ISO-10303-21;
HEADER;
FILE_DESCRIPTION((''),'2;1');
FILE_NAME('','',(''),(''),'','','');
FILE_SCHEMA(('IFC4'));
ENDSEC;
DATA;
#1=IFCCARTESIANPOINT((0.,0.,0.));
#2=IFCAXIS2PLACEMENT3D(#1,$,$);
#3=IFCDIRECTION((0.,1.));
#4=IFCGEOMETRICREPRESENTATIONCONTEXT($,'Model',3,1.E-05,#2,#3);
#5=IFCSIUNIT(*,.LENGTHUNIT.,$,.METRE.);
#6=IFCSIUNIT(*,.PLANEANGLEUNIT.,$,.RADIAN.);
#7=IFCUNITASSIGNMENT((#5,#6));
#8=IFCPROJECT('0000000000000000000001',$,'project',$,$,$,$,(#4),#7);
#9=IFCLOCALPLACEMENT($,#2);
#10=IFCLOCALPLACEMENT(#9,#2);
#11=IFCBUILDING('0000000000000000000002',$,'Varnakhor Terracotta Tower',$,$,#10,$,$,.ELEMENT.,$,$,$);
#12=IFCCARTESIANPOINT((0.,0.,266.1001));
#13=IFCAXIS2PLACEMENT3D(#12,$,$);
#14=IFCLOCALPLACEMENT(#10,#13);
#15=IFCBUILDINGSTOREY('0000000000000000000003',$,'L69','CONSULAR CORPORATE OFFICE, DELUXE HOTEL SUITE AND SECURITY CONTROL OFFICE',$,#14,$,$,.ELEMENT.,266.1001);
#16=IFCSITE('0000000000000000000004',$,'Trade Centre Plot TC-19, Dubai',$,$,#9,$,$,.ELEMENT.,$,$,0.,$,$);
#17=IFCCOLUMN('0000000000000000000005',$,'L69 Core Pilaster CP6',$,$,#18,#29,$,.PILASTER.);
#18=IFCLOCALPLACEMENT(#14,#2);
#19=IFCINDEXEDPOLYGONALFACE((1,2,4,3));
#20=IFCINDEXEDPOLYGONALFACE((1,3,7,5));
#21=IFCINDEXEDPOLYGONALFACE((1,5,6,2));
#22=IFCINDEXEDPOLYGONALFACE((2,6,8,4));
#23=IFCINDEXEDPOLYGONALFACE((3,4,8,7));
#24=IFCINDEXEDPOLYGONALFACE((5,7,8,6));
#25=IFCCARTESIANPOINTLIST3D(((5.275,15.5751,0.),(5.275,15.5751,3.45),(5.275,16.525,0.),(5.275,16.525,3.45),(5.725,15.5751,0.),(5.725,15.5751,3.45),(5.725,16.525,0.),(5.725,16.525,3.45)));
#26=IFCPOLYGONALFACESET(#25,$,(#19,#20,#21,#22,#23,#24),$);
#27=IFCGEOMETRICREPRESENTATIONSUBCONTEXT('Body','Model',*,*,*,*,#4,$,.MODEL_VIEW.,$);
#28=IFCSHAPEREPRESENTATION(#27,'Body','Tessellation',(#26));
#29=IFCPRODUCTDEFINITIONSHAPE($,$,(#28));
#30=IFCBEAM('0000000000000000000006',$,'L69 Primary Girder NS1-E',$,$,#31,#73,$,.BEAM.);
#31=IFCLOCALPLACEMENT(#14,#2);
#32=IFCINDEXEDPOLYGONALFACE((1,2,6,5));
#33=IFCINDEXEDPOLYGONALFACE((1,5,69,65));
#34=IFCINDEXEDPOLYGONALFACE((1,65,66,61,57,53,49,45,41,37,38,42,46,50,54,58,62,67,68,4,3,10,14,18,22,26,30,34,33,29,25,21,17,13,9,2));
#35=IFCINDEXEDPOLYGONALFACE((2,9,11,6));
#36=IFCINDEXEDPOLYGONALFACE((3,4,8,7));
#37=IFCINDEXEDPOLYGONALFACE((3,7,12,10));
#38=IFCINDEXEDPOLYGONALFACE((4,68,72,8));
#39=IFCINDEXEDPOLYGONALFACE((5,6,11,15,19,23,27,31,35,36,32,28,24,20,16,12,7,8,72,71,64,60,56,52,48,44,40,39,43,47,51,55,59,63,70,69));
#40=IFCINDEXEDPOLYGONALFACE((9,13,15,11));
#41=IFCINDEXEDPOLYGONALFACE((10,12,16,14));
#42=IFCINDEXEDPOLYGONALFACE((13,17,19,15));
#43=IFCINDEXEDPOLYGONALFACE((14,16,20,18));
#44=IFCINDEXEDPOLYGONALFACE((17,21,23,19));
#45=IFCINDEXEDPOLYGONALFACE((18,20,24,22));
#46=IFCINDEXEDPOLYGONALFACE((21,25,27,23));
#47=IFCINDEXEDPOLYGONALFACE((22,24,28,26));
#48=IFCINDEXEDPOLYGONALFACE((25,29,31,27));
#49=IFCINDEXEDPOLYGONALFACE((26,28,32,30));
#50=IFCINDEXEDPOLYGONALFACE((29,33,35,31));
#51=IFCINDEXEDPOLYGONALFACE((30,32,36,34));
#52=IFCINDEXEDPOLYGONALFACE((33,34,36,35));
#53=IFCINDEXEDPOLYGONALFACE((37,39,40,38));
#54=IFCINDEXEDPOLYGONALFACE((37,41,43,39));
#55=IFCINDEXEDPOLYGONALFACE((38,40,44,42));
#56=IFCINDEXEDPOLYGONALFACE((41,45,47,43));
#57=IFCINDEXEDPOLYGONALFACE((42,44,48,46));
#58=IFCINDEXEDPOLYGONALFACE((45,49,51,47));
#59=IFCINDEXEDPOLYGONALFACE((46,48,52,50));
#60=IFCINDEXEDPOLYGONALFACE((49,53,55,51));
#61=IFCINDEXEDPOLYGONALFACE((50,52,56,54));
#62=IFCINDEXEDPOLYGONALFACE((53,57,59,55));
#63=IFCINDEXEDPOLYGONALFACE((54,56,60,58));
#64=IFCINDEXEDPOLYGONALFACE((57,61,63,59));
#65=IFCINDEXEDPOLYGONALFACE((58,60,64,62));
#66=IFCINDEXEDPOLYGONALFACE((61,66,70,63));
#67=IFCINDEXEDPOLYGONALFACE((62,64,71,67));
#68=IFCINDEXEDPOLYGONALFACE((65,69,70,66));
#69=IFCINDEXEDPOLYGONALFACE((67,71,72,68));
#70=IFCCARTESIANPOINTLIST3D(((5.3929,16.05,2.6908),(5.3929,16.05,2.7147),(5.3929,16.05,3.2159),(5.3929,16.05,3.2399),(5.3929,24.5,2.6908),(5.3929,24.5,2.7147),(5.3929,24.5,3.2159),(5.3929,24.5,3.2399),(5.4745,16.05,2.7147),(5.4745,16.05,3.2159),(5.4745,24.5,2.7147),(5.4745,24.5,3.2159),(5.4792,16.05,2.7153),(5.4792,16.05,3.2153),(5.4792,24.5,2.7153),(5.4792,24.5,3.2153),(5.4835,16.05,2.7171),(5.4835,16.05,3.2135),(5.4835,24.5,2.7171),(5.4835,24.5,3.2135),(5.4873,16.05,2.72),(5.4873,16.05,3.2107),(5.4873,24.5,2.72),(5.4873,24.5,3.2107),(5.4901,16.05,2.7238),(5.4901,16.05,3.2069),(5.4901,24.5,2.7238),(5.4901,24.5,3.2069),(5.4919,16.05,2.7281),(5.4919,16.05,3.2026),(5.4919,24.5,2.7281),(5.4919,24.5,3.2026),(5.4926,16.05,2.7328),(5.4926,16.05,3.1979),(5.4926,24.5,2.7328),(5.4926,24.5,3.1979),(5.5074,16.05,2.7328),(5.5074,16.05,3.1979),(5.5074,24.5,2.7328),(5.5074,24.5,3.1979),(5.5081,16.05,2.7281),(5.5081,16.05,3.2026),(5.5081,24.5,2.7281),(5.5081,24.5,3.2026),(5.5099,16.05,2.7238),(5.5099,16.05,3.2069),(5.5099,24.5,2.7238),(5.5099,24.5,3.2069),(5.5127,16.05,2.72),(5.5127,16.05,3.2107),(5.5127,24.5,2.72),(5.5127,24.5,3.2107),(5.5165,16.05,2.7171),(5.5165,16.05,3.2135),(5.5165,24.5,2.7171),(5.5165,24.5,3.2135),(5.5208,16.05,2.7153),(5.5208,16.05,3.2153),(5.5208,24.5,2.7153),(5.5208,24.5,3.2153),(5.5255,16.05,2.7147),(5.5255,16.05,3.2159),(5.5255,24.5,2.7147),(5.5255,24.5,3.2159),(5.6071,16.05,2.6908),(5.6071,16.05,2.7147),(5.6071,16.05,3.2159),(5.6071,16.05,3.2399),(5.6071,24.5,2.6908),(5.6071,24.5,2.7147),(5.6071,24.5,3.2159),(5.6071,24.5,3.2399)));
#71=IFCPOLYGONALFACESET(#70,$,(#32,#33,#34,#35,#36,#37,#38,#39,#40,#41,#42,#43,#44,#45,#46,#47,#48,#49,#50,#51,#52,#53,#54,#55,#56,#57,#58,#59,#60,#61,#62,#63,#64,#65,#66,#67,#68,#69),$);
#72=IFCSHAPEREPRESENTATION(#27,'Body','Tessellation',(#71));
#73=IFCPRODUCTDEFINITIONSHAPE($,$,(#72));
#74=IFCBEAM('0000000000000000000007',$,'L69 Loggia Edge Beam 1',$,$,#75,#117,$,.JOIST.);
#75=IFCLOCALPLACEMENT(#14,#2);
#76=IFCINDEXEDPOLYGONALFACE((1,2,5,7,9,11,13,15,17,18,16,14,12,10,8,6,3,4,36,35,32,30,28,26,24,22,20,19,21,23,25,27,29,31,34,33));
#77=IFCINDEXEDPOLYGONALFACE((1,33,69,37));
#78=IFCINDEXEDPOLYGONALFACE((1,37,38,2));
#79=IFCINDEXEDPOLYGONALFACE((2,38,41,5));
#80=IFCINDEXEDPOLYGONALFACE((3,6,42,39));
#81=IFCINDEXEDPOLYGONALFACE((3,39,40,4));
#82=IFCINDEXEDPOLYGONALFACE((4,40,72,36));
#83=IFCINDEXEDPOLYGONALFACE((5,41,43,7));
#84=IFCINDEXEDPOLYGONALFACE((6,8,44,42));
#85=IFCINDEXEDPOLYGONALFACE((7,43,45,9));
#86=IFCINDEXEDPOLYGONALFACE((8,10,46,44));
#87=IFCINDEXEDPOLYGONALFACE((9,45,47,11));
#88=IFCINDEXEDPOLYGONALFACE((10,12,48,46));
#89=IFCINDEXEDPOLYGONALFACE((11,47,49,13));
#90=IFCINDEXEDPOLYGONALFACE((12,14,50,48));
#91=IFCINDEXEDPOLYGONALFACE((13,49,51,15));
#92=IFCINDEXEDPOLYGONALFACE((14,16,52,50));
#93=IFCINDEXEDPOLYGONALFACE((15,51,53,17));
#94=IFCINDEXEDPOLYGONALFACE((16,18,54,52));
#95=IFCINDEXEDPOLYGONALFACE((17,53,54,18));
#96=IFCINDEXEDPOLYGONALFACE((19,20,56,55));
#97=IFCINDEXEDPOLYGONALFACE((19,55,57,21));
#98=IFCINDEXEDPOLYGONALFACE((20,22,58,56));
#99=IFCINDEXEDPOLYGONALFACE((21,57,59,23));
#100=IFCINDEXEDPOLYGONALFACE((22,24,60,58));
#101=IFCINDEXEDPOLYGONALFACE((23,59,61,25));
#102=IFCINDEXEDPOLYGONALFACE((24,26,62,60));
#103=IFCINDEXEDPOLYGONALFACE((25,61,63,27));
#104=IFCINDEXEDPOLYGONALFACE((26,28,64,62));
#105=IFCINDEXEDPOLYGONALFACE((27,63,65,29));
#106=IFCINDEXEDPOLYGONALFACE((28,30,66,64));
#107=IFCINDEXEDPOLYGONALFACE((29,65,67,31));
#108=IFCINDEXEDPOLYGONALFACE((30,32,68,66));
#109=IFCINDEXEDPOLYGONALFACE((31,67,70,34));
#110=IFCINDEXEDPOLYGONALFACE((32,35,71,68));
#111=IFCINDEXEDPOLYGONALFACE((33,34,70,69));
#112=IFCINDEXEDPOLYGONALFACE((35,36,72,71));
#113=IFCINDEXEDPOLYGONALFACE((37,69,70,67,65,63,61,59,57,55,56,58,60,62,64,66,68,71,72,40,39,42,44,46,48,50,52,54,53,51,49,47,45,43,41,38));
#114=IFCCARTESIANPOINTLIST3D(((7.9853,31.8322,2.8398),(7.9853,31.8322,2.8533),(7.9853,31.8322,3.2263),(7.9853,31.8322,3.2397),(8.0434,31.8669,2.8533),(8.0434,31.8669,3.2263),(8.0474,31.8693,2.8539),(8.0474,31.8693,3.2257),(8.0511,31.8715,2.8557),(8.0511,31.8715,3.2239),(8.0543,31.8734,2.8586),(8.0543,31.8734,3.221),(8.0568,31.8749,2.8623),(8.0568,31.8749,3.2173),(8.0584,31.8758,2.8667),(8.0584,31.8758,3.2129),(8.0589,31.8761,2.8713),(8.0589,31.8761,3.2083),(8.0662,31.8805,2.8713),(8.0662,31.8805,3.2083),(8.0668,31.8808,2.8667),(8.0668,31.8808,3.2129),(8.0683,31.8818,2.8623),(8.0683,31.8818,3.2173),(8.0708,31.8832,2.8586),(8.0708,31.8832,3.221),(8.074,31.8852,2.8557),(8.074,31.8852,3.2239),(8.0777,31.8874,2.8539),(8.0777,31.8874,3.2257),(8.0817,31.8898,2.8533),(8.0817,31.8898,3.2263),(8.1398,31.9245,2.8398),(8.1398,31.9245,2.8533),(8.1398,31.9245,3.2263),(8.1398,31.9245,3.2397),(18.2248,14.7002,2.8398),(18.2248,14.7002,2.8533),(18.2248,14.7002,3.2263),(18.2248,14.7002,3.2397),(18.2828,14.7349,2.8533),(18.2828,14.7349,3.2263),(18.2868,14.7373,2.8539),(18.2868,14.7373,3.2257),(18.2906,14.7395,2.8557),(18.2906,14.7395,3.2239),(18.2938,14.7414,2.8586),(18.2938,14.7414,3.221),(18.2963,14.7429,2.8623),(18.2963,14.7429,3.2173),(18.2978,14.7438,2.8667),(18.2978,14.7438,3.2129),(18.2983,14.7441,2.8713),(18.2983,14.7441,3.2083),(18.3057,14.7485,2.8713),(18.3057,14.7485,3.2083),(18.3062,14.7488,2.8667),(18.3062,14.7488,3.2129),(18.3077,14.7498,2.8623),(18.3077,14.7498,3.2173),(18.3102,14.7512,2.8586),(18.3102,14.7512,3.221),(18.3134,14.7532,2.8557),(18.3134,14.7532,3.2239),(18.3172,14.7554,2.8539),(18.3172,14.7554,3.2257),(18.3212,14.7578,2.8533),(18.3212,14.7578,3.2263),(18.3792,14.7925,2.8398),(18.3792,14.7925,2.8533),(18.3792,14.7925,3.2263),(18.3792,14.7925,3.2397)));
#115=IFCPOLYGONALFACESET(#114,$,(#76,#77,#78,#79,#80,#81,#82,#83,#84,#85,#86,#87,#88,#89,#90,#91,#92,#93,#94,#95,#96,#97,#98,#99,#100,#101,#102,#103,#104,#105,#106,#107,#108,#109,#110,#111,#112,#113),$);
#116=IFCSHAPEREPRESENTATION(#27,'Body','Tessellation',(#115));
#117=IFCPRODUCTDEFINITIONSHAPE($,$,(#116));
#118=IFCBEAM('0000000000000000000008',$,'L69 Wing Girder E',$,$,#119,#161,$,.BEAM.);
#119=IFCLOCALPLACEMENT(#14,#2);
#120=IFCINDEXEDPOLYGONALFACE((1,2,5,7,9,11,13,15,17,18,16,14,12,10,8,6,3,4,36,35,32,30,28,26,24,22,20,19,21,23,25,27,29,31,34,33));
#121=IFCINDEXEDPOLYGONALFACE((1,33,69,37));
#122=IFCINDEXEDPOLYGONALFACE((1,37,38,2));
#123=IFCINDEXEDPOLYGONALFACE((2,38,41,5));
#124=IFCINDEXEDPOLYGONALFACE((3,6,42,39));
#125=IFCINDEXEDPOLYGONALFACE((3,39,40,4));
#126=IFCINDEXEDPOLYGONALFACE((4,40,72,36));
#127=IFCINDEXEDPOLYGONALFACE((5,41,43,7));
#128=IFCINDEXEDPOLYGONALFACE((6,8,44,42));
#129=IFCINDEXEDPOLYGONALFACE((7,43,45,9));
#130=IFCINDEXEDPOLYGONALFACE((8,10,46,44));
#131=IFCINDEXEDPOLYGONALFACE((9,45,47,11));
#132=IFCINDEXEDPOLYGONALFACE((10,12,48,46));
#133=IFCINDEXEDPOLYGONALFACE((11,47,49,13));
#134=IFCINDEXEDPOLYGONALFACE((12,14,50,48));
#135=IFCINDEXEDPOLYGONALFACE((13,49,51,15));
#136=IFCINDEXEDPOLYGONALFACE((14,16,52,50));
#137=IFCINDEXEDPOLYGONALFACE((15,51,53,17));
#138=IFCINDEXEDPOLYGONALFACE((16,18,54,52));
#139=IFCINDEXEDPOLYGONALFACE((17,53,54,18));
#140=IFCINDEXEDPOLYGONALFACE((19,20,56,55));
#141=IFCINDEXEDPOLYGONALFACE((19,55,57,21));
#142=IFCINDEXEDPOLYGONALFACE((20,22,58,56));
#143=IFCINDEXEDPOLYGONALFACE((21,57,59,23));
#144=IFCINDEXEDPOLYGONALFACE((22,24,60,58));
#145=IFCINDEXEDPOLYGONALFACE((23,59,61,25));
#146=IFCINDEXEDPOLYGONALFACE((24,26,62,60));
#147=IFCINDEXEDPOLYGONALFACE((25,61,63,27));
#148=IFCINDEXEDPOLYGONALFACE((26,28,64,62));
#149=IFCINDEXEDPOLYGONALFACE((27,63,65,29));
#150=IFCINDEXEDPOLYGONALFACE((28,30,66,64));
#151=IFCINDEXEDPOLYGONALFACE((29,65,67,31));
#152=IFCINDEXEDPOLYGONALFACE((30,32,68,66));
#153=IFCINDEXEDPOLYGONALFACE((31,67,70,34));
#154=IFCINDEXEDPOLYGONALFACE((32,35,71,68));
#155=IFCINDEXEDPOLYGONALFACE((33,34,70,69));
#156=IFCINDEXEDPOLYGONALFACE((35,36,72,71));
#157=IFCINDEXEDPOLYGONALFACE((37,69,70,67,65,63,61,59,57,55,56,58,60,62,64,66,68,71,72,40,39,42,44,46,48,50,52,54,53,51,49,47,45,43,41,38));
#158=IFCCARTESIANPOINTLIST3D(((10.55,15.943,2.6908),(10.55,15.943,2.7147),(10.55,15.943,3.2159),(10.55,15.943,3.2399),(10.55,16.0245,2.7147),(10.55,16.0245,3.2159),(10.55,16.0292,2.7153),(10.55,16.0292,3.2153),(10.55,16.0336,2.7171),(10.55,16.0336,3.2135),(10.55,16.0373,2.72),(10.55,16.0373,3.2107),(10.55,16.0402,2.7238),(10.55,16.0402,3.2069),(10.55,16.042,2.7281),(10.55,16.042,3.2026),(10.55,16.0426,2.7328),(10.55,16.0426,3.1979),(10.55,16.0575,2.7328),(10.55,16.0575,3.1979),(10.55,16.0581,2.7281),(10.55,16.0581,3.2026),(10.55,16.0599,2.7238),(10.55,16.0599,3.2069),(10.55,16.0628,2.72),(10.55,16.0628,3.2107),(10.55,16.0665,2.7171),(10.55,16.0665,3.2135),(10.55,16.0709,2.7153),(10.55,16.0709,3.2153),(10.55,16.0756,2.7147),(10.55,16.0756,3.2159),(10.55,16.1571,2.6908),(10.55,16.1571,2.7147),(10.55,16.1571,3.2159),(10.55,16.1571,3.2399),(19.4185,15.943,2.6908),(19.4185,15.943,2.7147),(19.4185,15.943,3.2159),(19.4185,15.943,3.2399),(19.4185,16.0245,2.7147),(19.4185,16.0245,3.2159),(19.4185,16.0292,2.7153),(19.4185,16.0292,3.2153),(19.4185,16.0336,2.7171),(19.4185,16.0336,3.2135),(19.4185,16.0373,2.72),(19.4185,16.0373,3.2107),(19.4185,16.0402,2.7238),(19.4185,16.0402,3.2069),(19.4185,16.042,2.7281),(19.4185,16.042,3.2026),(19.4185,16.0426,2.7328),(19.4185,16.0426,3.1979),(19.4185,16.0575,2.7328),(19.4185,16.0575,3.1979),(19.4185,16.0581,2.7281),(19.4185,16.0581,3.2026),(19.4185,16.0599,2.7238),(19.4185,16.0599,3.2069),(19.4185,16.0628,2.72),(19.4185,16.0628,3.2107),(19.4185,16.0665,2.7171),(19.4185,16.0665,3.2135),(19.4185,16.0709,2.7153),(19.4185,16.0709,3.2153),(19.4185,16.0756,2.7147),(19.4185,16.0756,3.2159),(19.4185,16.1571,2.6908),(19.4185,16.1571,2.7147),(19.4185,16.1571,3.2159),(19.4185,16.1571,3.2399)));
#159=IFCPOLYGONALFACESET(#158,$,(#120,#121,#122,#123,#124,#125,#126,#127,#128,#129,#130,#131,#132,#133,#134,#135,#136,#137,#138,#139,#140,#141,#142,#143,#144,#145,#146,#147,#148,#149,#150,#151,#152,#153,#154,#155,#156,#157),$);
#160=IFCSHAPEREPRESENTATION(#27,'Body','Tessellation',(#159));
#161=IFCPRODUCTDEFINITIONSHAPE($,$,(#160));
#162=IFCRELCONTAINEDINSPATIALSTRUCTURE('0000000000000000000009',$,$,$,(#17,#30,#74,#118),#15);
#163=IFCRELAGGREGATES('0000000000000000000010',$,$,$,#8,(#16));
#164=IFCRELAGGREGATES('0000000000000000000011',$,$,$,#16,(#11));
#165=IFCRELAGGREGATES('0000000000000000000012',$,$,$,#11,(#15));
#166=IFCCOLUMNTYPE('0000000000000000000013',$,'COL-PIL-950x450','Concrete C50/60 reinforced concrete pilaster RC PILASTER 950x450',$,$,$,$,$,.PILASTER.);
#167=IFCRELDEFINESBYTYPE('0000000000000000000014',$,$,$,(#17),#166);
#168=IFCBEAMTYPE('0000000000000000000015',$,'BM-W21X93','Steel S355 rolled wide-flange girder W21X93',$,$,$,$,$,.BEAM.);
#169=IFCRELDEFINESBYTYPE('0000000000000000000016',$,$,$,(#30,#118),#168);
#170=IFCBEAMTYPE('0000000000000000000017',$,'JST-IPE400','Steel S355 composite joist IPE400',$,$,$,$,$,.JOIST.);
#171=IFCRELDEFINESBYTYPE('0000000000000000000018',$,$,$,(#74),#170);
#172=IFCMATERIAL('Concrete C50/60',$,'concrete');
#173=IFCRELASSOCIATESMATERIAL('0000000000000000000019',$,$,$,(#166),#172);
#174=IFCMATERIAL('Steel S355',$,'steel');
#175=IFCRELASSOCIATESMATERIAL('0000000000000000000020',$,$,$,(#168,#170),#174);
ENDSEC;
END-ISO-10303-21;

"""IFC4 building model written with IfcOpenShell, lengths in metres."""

from ifc_helpers import new_model, si_unit, direction, frame, origin, origin_2d, place, context, subcontext, project, spatial, rectangle, i_section, extrude, source, transform, mapped, material, material_profile, profile_set, type_object, type_shapes, element, save


model = new_model("IFC4")

# Units and contexts
model_context = context("Model", 3, precision=1e-05, world=origin(), true_north=direction((0.0, 1.0)))
body_context = subcontext(model_context, "Body", "Model", "MODEL_VIEW")
ifc_project = project(units=[si_unit("LENGTHUNIT", "METRE"), si_unit("PLANEANGLEUNIT", "RADIAN")], contexts=[model_context])

# Site, building, storey
site_placement = place(None, origin())
site = spatial("IfcSite", under=ifc_project, at=site_placement, Name="Trade Centre Plot TC-19, Dubai", CompositionType="ELEMENT", RefElevation=0.0)
building_placement = place(site_placement, origin())
building = spatial("IfcBuilding", under=site, at=building_placement, Name="Varnakhor Terracotta Tower", CompositionType="ELEMENT")
storey_placement = place(building_placement, frame((0.0, 0.0, 266.1001)))
storey = spatial("IfcBuildingStorey", under=building, at=storey_placement, Name="L69", Description="CONSULAR CORPORATE OFFICE, DELUXE HOTEL SUITE AND SECURITY CONTROL OFFICE", CompositionType="ELEMENT", Elevation=266.1001)

# Column
ifc_material_1 = material(Name="Concrete C50/60", Category="concrete")
ifc_material_profile_1 = material_profile(ifc_material_1, rectangle(XDim=0.45, YDim=0.95, at=origin_2d()), Name="RC PILASTER 950x450")
ifc_profile_set_1 = profile_set([ifc_material_profile_1], Name="Concrete C50/60")
column_type = type_object("IfcColumnType", Name="COL-PIL-950x450", Description="Concrete C50/60 reinforced concrete pilaster RC PILASTER 950x450", PredefinedType="PILASTER", material=ifc_profile_set_1)
shared_shape_1 = source(origin(), body_context, "Body", "SweptSolid", [
    extrude(rectangle(XDim=0.45, YDim=0.95, at=origin_2d()), origin(), (0.0, 0.0, 1.0), 3.45),
])
column_placement = place(storey_placement, frame((5.5, 16.05, 0.0), z_axis=(0.0, 0.0, 1.0), x_axis=(1.0, 0.0, 0.0)))
element("IfcColumn", 1, at=column_placement, inside=storey, type_object=column_type, Name="L69 Core Pilaster CP6", PredefinedType="PILASTER", context=body_context, shape_type="MappedRepresentation", body=[
    mapped(shared_shape_1, transform((0.0, 0.0, 0.0), scale=1.0)),
])

# Beams
ifc_material_2 = material(Name="Steel S355", Category="steel")
ifc_material_profile_2 = material_profile(ifc_material_2, i_section(OverallWidth=0.2141, OverallDepth=0.5491, WebThickness=0.0149, FlangeThickness=0.0239, FilletRadius=0.0181, at=origin_2d()), Name="W21X93")
ifc_profile_set_2 = profile_set([ifc_material_profile_2], Name="Steel S355")
beam_type_1 = type_object("IfcBeamType", Name="BM-W21X93", Description="Steel S355 rolled wide-flange girder W21X93", PredefinedType="BEAM", material=ifc_profile_set_2)
shared_shape_2 = source(origin(), body_context, "Body", "SweptSolid", [
    extrude(i_section(OverallWidth=0.2141, OverallDepth=0.5491, WebThickness=0.0149, FlangeThickness=0.0239, FilletRadius=0.0181, at=origin_2d()), origin(), (0.0, 0.0, 1.0), 8.45),
])
type_shapes(beam_type_1, [shared_shape_2])
beam_1_placement = place(storey_placement, frame((5.5, 16.05, 2.9653), z_axis=(0.0, 1.0, 0.0), x_axis=(-1.0, 0.0, 0.0)))
element("IfcBeam", 2, at=beam_1_placement, inside=storey, type_object=beam_type_1, Name="L69 Primary Girder NS1-E", PredefinedType="BEAM", context=body_context, shape_type="MappedRepresentation", body=[
    mapped(shared_shape_2, transform((0.0, 0.0, 0.0), scale=1.0)),
])
ifc_material_profile_3 = material_profile(ifc_material_2, i_section(OverallWidth=0.1799, OverallDepth=0.3999, WebThickness=0.0085, FlangeThickness=0.0134, FilletRadius=0.0181, at=origin_2d()), Name="IPE400")
ifc_profile_set_3 = profile_set([ifc_material_profile_3], Name="Steel S355")
beam_type_2 = type_object("IfcBeamType", Name="JST-IPE400", Description="Steel S355 composite joist IPE400", PredefinedType="JOIST", material=ifc_profile_set_3)
shared_shape_3 = source(origin(), body_context, "Body", "SweptSolid", [
    extrude(i_section(OverallWidth=0.1799, OverallDepth=0.3999, WebThickness=0.0085, FlangeThickness=0.0134, FilletRadius=0.0181, at=origin_2d()), origin(), (0.0, 0.0, 1.0), 19.9587),
])
beam_2_placement = place(storey_placement, frame((18.302, 14.7463, 3.0398), z_axis=(-0.513031, 0.85837, 0.0), x_axis=(-0.85837, -0.513031, 0.0)))
element("IfcBeam", 3, at=beam_2_placement, inside=storey, type_object=beam_type_2, Name="L69 Loggia Edge Beam 1", PredefinedType="JOIST", context=body_context, shape_type="MappedRepresentation", body=[
    mapped(shared_shape_3, transform((0.0, 0.0, 0.0), scale=1.0)),
])
shared_shape_4 = source(origin(), body_context, "Body", "SweptSolid", [
    extrude(i_section(OverallWidth=0.2141, OverallDepth=0.5491, WebThickness=0.0149, FlangeThickness=0.0239, FilletRadius=0.0181, at=origin_2d()), origin(), (0.0, 0.0, 1.0), 8.8684),
])
beam_3_placement = place(storey_placement, frame((10.55, 16.05, 2.9653), z_axis=(1.0, 0.0, 0.0), x_axis=(0.0, 1.0, 0.0)))
element("IfcBeam", 4, at=beam_3_placement, inside=storey, type_object=beam_type_1, Name="L69 Wing Girder E", PredefinedType="BEAM", context=body_context, shape_type="MappedRepresentation", body=[
    mapped(shared_shape_4, transform((0.0, 0.0, 0.0), scale=1.0)),
])

save(model, "model.ifc")
